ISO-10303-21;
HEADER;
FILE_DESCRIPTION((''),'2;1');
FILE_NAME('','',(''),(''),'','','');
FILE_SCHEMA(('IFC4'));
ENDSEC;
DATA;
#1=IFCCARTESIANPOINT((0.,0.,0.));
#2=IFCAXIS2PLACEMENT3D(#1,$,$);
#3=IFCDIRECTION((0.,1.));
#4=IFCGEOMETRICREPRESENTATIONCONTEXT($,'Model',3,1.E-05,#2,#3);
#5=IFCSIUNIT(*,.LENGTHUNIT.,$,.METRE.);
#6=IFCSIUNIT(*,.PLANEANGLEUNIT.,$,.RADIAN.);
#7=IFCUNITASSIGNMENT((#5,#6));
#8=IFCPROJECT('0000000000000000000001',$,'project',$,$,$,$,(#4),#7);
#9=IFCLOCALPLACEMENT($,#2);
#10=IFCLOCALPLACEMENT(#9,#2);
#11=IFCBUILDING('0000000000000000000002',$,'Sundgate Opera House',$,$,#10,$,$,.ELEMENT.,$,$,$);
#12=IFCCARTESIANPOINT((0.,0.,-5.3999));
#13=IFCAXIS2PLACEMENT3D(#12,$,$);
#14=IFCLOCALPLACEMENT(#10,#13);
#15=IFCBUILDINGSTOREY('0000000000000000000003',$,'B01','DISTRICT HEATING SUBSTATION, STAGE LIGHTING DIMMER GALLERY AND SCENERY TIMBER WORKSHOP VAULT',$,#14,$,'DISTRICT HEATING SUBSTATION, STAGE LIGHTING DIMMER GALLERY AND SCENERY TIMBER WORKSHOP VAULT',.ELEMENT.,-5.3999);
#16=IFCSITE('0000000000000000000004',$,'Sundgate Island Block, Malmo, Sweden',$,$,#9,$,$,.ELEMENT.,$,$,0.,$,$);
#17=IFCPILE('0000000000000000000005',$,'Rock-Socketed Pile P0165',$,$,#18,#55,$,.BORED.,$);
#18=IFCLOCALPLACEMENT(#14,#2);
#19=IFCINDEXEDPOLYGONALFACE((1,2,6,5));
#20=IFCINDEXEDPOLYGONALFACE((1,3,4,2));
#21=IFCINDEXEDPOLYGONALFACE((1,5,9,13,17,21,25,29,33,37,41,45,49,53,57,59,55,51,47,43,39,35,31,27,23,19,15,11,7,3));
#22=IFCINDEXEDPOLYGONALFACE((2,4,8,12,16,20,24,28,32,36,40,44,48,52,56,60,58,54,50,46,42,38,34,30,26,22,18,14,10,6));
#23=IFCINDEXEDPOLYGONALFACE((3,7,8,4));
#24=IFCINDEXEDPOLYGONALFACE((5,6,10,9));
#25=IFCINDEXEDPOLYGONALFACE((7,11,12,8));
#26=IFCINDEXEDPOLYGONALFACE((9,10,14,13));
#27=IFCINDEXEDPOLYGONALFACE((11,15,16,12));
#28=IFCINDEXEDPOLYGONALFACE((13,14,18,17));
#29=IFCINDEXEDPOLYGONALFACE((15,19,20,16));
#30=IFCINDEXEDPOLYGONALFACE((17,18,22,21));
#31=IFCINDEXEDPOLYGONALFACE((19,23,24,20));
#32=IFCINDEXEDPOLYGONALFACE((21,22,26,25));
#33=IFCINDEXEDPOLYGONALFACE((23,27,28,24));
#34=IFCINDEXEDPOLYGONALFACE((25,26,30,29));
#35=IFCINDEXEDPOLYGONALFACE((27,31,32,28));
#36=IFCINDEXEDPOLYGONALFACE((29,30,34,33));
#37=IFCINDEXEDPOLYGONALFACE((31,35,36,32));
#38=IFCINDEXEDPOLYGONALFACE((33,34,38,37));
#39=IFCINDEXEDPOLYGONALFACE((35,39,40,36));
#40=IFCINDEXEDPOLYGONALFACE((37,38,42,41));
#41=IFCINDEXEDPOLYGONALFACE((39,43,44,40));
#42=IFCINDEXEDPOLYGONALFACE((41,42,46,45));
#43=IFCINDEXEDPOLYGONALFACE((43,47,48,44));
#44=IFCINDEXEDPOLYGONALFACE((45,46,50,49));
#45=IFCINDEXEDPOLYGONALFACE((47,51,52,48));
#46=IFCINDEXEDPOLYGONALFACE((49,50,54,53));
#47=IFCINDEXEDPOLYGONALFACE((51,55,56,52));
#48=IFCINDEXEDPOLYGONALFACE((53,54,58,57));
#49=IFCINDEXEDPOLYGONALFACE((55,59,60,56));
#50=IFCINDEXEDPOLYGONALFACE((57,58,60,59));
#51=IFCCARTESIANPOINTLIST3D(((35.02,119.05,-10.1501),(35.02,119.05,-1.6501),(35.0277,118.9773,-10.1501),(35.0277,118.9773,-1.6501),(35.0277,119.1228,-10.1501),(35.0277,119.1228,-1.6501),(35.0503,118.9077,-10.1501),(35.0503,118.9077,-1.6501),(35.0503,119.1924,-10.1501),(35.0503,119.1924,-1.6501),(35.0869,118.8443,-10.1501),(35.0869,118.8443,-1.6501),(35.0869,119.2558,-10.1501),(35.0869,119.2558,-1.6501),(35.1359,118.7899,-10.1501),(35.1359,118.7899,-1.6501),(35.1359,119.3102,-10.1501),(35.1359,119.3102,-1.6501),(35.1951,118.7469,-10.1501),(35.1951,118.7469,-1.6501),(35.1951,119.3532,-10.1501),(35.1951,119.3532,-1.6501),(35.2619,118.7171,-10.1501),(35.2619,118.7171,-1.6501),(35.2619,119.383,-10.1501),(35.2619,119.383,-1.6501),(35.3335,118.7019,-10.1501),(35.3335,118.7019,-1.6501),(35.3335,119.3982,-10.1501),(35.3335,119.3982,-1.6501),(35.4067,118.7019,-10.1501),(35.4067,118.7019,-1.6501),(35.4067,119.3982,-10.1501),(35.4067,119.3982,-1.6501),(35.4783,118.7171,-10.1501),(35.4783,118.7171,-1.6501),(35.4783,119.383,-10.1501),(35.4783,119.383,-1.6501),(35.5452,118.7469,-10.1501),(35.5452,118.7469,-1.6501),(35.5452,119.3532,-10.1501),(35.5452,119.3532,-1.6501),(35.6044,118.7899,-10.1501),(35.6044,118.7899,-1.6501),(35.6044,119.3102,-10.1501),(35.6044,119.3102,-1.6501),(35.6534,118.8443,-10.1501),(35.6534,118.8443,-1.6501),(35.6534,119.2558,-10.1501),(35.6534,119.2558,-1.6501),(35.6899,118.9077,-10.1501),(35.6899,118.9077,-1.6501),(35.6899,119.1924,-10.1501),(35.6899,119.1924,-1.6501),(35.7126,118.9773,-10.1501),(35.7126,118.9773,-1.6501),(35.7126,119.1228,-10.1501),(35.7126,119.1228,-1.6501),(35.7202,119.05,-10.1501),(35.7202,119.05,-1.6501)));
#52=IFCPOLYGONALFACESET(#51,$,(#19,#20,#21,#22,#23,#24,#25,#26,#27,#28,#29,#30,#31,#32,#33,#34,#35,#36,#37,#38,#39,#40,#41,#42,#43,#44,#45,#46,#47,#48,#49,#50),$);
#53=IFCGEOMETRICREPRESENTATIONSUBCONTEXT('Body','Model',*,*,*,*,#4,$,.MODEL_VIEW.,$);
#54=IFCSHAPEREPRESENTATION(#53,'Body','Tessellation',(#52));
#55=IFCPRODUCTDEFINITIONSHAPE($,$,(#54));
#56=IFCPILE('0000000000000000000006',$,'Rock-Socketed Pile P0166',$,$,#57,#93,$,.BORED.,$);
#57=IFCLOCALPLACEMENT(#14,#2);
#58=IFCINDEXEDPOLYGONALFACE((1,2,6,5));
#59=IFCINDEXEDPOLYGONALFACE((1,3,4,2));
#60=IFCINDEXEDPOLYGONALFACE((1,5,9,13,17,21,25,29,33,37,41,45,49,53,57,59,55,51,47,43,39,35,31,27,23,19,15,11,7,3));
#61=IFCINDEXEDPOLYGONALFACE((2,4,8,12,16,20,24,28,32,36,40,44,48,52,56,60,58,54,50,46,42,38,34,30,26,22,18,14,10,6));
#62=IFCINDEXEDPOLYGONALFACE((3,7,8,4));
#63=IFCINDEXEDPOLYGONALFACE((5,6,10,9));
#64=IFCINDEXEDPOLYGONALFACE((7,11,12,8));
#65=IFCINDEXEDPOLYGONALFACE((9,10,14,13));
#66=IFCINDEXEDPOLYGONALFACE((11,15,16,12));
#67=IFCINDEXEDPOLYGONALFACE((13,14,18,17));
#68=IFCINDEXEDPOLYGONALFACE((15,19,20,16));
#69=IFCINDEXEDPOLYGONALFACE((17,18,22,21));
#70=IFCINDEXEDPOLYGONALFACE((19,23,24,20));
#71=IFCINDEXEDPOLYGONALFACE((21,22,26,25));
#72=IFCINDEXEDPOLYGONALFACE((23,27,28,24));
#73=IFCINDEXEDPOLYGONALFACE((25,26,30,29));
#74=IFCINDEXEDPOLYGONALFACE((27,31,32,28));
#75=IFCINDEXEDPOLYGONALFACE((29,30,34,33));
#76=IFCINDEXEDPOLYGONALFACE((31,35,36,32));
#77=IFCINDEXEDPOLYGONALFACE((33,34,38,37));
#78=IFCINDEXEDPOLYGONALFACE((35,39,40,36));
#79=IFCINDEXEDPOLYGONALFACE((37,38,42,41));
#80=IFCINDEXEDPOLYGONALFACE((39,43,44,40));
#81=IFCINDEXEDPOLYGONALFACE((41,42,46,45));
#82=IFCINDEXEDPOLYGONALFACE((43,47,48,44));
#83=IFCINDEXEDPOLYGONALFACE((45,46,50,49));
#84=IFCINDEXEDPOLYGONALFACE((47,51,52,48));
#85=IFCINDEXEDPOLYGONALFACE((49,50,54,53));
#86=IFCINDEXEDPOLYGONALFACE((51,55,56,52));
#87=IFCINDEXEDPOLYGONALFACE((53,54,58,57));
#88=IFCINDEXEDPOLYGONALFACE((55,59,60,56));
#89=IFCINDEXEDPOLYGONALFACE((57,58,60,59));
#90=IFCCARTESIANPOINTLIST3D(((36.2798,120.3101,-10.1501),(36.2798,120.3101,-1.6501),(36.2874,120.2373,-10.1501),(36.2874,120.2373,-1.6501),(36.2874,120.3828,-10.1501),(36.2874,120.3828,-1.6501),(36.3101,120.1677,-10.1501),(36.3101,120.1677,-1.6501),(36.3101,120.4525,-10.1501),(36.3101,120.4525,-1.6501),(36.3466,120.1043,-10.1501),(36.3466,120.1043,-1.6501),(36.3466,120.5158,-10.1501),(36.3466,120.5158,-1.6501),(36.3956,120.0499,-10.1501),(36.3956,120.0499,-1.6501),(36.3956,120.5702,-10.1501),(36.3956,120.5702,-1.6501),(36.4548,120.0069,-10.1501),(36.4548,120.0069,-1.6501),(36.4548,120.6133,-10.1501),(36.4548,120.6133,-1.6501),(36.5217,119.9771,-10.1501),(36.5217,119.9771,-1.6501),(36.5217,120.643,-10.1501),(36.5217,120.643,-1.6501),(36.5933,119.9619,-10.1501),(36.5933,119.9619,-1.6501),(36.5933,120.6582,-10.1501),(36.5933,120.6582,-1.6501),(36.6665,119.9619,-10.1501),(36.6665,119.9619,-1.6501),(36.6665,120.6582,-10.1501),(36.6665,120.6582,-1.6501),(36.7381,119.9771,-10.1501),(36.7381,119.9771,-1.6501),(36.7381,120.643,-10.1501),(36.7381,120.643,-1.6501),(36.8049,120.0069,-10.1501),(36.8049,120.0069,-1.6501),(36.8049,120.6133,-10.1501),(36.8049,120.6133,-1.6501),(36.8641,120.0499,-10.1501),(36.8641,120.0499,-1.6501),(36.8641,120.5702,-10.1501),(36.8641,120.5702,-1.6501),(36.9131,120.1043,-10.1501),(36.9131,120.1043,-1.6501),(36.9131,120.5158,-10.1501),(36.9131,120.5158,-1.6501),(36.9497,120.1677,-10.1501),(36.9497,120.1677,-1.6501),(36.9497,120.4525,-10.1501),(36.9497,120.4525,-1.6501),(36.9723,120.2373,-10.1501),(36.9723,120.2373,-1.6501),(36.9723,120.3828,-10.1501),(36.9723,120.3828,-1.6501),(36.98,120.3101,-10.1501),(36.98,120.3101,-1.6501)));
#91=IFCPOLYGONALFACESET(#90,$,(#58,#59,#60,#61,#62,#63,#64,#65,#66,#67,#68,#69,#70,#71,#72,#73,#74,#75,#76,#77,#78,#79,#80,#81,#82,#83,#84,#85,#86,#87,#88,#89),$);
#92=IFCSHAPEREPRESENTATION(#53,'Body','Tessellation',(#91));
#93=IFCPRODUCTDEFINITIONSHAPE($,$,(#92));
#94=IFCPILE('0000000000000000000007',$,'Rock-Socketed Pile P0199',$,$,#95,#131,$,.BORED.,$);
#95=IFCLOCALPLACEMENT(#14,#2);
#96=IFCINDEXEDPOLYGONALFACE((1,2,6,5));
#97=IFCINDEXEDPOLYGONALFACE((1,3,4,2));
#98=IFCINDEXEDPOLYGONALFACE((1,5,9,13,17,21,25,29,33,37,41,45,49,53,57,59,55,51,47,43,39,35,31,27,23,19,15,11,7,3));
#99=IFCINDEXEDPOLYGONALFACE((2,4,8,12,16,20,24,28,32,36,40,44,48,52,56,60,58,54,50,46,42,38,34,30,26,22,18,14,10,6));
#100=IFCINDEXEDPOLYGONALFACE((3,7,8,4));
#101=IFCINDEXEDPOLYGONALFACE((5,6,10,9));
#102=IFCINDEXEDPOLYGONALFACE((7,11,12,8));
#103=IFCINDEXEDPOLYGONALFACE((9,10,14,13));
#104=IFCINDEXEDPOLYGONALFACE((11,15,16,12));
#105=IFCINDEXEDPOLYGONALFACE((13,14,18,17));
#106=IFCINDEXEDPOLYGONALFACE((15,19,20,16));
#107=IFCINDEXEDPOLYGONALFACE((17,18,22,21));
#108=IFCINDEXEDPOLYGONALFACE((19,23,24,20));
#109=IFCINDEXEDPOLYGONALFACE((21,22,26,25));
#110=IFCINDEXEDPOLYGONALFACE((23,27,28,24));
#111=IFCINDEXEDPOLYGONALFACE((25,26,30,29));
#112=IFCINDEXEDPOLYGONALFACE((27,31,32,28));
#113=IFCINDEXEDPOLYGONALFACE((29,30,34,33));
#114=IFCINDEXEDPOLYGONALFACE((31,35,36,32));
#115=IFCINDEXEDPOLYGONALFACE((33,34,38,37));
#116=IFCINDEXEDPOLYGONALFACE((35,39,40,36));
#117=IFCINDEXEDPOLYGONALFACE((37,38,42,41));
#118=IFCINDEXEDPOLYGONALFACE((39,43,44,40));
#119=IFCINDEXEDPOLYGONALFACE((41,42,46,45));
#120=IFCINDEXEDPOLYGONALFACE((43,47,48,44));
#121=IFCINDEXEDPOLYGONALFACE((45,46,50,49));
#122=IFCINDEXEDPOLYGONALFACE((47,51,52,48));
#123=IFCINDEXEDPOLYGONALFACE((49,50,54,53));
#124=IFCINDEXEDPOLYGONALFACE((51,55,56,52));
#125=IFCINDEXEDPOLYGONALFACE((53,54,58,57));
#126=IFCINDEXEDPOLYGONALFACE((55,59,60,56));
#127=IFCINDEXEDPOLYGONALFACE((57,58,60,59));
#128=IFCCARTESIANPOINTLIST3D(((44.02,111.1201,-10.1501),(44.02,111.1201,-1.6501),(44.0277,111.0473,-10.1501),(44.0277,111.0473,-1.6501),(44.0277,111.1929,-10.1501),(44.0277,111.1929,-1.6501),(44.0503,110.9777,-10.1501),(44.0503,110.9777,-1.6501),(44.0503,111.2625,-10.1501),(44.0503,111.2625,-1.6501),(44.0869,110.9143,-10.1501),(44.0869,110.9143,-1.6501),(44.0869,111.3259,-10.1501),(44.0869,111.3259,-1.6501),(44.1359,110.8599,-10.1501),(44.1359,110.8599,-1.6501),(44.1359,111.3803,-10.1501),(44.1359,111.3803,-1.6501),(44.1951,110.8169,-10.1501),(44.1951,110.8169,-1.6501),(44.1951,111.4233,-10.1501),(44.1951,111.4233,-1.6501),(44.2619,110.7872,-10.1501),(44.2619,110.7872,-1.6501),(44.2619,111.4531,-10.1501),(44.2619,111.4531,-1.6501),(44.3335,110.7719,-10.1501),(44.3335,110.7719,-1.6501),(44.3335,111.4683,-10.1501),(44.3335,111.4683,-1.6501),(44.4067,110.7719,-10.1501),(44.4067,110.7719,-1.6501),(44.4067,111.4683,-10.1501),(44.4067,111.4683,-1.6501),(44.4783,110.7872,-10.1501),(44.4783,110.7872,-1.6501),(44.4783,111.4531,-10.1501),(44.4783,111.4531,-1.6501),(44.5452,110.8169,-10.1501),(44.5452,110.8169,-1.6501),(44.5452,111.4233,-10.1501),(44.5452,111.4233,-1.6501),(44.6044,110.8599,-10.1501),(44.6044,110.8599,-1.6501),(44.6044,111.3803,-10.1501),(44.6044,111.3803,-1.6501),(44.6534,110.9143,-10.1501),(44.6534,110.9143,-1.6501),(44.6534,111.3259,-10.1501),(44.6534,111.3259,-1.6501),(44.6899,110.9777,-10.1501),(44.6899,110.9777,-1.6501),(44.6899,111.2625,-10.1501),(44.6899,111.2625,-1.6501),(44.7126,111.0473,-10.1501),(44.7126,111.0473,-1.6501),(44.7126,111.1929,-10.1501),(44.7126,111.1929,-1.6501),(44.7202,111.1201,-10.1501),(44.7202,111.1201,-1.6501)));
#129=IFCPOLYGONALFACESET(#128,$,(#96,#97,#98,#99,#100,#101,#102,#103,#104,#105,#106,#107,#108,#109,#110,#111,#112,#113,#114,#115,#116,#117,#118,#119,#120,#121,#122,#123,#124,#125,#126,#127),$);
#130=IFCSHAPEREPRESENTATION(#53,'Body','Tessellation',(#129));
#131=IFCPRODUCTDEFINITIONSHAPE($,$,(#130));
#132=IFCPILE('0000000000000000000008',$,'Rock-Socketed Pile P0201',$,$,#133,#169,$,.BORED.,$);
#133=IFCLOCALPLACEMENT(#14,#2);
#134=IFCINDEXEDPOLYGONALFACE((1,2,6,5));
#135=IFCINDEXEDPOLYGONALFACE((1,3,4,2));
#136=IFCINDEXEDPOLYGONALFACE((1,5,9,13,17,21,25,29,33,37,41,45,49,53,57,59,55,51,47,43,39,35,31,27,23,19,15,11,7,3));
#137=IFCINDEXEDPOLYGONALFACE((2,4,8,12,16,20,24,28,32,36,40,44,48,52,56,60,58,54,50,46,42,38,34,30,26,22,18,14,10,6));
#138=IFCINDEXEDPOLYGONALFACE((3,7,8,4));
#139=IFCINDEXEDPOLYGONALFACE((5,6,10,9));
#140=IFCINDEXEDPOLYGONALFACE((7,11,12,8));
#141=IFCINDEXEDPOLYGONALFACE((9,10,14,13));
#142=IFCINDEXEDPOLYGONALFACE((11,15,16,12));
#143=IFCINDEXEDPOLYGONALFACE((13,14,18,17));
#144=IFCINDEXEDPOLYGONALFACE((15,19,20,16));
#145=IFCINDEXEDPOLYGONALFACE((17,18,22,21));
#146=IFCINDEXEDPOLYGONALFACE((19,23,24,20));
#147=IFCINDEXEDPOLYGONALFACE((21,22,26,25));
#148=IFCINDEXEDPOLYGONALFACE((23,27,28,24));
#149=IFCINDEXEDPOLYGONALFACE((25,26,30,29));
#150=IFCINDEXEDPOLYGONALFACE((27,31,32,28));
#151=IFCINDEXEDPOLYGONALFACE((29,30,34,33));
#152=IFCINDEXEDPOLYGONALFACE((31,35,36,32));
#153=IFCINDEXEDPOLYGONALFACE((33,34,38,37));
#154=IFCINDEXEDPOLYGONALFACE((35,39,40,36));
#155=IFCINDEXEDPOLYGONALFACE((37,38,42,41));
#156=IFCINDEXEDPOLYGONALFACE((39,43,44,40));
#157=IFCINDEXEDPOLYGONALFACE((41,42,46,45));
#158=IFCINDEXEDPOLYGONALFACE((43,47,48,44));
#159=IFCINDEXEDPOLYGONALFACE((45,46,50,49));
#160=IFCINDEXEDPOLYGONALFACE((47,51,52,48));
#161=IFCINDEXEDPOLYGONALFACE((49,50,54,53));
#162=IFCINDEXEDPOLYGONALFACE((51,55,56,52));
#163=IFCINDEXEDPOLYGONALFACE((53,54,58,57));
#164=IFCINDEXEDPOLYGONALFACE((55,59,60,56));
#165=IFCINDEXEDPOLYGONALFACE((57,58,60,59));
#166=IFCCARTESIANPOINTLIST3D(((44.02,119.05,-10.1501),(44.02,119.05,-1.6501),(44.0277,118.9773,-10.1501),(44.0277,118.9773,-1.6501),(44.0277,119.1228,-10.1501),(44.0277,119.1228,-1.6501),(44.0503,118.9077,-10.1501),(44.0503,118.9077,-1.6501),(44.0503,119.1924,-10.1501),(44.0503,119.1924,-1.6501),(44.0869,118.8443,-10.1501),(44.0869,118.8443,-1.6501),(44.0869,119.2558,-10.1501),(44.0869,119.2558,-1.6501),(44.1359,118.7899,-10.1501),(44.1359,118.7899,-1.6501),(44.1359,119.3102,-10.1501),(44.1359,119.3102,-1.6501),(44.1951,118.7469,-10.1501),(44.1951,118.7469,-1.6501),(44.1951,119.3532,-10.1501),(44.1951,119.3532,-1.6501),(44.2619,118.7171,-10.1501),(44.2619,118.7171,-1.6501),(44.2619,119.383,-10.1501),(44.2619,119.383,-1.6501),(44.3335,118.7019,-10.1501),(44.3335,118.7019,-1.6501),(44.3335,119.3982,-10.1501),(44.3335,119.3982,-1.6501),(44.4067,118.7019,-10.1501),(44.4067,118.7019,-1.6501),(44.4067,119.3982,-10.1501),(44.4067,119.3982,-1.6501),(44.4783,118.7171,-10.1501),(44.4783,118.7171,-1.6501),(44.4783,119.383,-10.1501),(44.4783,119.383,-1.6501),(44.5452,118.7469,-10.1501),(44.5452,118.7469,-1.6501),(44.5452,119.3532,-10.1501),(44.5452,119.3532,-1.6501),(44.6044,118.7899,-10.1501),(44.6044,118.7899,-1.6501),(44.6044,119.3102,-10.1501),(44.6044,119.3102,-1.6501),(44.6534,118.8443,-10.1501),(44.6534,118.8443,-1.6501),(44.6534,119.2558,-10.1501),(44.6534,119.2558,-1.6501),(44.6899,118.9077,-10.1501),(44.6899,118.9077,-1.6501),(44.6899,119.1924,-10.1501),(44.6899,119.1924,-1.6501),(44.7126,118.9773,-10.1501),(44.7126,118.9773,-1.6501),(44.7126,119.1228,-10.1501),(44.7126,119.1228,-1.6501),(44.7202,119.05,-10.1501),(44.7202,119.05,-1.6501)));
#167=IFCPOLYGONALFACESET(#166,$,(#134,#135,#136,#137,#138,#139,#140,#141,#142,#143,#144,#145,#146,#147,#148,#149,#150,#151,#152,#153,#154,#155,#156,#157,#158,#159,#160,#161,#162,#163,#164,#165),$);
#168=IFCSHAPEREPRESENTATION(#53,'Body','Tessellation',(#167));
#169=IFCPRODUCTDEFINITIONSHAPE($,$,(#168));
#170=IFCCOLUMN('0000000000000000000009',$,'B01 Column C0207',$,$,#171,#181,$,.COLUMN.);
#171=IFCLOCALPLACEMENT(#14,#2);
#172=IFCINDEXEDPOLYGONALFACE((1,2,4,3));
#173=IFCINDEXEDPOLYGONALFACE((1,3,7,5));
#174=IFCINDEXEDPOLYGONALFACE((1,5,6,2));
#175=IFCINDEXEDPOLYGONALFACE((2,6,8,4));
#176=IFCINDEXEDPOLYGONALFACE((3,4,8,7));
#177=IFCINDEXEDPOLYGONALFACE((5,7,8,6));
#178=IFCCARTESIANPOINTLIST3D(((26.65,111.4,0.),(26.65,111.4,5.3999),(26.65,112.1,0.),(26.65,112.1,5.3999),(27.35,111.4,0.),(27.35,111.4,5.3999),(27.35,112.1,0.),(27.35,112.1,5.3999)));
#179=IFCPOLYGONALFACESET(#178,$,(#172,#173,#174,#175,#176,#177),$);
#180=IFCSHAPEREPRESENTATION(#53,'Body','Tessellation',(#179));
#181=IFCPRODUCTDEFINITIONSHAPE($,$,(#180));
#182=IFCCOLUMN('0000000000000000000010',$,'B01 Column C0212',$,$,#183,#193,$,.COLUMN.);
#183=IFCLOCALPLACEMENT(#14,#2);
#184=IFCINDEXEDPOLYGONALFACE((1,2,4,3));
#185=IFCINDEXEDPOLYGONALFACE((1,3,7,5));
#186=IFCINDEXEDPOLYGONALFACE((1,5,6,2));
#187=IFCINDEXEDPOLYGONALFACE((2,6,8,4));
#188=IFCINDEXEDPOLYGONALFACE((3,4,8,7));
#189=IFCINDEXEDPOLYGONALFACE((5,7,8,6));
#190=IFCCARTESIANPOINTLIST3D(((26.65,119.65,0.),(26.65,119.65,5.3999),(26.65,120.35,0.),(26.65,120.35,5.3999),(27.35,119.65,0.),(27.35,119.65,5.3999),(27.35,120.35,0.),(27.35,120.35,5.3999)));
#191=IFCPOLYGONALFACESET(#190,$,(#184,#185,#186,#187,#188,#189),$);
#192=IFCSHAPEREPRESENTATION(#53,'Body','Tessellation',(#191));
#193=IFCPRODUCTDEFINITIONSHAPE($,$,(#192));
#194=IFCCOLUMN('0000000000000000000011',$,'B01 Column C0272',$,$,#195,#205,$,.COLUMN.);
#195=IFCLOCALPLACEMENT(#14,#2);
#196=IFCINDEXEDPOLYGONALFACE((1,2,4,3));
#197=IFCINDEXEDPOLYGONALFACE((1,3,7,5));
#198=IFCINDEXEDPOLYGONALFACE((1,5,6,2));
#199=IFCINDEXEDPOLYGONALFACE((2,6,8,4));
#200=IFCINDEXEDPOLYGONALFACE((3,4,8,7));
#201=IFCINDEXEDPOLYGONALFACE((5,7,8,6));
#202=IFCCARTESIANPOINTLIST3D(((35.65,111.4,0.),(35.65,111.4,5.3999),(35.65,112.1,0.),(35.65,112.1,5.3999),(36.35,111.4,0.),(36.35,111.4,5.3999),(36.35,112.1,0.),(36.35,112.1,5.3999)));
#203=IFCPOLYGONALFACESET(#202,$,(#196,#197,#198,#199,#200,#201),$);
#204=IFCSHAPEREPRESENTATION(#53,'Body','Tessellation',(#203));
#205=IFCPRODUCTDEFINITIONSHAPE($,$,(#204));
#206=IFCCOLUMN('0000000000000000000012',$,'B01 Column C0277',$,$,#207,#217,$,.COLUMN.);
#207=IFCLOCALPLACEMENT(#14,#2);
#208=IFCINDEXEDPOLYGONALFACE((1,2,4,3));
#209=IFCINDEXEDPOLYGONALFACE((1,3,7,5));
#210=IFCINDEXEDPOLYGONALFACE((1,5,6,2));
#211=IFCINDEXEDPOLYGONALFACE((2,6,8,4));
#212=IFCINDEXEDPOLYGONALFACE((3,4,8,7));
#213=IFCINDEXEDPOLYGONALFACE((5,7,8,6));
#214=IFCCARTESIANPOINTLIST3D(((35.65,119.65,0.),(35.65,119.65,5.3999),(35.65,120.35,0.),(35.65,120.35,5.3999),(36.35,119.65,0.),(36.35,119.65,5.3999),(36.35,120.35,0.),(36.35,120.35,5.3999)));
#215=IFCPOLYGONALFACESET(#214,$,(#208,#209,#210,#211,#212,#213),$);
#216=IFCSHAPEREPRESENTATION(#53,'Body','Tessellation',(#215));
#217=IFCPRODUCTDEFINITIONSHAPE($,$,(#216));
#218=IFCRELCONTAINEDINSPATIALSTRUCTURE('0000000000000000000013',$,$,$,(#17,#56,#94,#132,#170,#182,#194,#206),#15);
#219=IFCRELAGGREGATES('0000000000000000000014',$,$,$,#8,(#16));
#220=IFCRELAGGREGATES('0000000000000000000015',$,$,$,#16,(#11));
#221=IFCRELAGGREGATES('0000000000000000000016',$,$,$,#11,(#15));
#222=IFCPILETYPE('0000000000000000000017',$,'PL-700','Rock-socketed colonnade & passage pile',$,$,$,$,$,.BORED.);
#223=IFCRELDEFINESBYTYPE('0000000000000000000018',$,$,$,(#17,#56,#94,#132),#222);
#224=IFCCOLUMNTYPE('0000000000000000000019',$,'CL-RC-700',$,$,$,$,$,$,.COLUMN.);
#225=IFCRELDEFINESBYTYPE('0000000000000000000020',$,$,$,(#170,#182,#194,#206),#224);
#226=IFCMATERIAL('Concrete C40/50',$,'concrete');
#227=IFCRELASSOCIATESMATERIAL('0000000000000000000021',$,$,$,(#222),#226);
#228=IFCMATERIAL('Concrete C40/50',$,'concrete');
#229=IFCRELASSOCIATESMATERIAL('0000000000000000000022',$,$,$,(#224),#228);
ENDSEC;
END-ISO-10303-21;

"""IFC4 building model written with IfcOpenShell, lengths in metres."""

from ifc_helpers import new_model, si_unit, direction, frame, origin, origin_2d, place, context, subcontext, project, spatial, rectangle, circle, extrude, material, material_profile, profile_set, type_object, element, save


model = new_model("IFC4")

# Units and contexts
model_context = context("Model", 3, precision=1e-05, world=origin(), true_north=direction((0.0, 1.0)))
body_context = subcontext(model_context, "Body", "Model", "MODEL_VIEW")
ifc_project = project(units=[si_unit("LENGTHUNIT", "METRE"), si_unit("PLANEANGLEUNIT", "RADIAN")], contexts=[model_context])

# Site, building, storey
site_placement = place(None, origin())
site = spatial("IfcSite", under=ifc_project, at=site_placement, Name="Sundgate Island Block, Malmo, Sweden", CompositionType="ELEMENT", RefElevation=0.0)
building_placement = place(site_placement, origin())
building = spatial("IfcBuilding", under=site, at=building_placement, Name="Sundgate Opera House", CompositionType="ELEMENT")
storey_placement = place(building_placement, frame((0.0, 0.0, -5.3999)))
storey = spatial("IfcBuildingStorey", under=building, at=storey_placement, Name="B01", Description="DISTRICT HEATING SUBSTATION, STAGE LIGHTING DIMMER GALLERY AND SCENERY TIMBER WORKSHOP VAULT", LongName="DISTRICT HEATING SUBSTATION, STAGE LIGHTING DIMMER GALLERY AND SCENERY TIMBER WORKSHOP VAULT", CompositionType="ELEMENT", Elevation=-5.3999)

# Piles
ifc_material_1 = material(Name="Concrete C40/50", Category="concrete")
ifc_material_profile_1 = material_profile(ifc_material_1, circle(Radius=0.3501, at=origin_2d()), Name="PILE D700")
ifc_profile_set_1 = profile_set([ifc_material_profile_1], Name="Concrete C40/50")
pile_type = type_object("IfcPileType", Name="PL-700", Description="Rock-socketed colonnade & passage pile", PredefinedType="BORED", material=ifc_profile_set_1)
for number, where, z_axis, x_axis, name in (
    (1, (35.3701, 119.05, -1.6501), (0.0, 0.0, -1.0), (1.0, 0.0, 0.0), "Rock-Socketed Pile P0165"),
    (2, (36.6299, 120.3101, -1.6501), (0.0, 0.0, -1.0), (1.0, 0.0, 0.0), "Rock-Socketed Pile P0166"),
    (3, (44.3701, 111.1201, -1.6501), (0.0, 0.0, -1.0), (1.0, 0.0, 0.0), "Rock-Socketed Pile P0199"),
    (4, (44.3701, 119.05, -1.6501), (0.0, 0.0, -1.0), (1.0, 0.0, 0.0), "Rock-Socketed Pile P0201"),
):
    element("IfcPile", number, at=place(storey_placement, frame(where, z_axis=z_axis, x_axis=x_axis)), inside=storey, type_object=pile_type, Name=name, PredefinedType="BORED", context=body_context, shape_type="SweptSolid", body=[
        extrude(circle(Radius=0.3501, at=origin_2d()), origin(), (0.0, 0.0, 1.0), 8.5),
    ])

# Columns
ifc_material_2 = material(Name="Concrete C40/50", Category="concrete")
ifc_material_profile_2 = material_profile(ifc_material_2, rectangle(XDim=0.7, YDim=0.7, at=origin_2d()), Name="RC 700x700")
ifc_profile_set_2 = profile_set([ifc_material_profile_2], Name="Concrete C40/50")
column_type = type_object("IfcColumnType", Name="CL-RC-700", PredefinedType="COLUMN", material=ifc_profile_set_2)
for number, where, z_axis, x_axis, name in (
    (5, (27.0, 111.75, 0.0), (0.0, 0.0, 1.0), (1.0, 0.0, 0.0), "B01 Column C0207"),
    (6, (27.0, 120.0, 0.0), (0.0, 0.0, 1.0), (1.0, 0.0, 0.0), "B01 Column C0212"),
    (7, (36.0, 111.75, 0.0), (0.0, 0.0, 1.0), (1.0, 0.0, 0.0), "B01 Column C0272"),
    (8, (36.0, 120.0, 0.0), (0.0, 0.0, 1.0), (1.0, 0.0, 0.0), "B01 Column C0277"),
):
    element("IfcColumn", number, at=place(storey_placement, frame(where, z_axis=z_axis, x_axis=x_axis)), inside=storey, type_object=column_type, Name=name, PredefinedType="COLUMN", context=body_context, shape_type="SweptSolid", body=[
        extrude(rectangle(XDim=0.7, YDim=0.7, at=origin_2d()), origin(), (0.0, 0.0, 1.0), 5.3999),
    ])

save(model, "model.ifc")
